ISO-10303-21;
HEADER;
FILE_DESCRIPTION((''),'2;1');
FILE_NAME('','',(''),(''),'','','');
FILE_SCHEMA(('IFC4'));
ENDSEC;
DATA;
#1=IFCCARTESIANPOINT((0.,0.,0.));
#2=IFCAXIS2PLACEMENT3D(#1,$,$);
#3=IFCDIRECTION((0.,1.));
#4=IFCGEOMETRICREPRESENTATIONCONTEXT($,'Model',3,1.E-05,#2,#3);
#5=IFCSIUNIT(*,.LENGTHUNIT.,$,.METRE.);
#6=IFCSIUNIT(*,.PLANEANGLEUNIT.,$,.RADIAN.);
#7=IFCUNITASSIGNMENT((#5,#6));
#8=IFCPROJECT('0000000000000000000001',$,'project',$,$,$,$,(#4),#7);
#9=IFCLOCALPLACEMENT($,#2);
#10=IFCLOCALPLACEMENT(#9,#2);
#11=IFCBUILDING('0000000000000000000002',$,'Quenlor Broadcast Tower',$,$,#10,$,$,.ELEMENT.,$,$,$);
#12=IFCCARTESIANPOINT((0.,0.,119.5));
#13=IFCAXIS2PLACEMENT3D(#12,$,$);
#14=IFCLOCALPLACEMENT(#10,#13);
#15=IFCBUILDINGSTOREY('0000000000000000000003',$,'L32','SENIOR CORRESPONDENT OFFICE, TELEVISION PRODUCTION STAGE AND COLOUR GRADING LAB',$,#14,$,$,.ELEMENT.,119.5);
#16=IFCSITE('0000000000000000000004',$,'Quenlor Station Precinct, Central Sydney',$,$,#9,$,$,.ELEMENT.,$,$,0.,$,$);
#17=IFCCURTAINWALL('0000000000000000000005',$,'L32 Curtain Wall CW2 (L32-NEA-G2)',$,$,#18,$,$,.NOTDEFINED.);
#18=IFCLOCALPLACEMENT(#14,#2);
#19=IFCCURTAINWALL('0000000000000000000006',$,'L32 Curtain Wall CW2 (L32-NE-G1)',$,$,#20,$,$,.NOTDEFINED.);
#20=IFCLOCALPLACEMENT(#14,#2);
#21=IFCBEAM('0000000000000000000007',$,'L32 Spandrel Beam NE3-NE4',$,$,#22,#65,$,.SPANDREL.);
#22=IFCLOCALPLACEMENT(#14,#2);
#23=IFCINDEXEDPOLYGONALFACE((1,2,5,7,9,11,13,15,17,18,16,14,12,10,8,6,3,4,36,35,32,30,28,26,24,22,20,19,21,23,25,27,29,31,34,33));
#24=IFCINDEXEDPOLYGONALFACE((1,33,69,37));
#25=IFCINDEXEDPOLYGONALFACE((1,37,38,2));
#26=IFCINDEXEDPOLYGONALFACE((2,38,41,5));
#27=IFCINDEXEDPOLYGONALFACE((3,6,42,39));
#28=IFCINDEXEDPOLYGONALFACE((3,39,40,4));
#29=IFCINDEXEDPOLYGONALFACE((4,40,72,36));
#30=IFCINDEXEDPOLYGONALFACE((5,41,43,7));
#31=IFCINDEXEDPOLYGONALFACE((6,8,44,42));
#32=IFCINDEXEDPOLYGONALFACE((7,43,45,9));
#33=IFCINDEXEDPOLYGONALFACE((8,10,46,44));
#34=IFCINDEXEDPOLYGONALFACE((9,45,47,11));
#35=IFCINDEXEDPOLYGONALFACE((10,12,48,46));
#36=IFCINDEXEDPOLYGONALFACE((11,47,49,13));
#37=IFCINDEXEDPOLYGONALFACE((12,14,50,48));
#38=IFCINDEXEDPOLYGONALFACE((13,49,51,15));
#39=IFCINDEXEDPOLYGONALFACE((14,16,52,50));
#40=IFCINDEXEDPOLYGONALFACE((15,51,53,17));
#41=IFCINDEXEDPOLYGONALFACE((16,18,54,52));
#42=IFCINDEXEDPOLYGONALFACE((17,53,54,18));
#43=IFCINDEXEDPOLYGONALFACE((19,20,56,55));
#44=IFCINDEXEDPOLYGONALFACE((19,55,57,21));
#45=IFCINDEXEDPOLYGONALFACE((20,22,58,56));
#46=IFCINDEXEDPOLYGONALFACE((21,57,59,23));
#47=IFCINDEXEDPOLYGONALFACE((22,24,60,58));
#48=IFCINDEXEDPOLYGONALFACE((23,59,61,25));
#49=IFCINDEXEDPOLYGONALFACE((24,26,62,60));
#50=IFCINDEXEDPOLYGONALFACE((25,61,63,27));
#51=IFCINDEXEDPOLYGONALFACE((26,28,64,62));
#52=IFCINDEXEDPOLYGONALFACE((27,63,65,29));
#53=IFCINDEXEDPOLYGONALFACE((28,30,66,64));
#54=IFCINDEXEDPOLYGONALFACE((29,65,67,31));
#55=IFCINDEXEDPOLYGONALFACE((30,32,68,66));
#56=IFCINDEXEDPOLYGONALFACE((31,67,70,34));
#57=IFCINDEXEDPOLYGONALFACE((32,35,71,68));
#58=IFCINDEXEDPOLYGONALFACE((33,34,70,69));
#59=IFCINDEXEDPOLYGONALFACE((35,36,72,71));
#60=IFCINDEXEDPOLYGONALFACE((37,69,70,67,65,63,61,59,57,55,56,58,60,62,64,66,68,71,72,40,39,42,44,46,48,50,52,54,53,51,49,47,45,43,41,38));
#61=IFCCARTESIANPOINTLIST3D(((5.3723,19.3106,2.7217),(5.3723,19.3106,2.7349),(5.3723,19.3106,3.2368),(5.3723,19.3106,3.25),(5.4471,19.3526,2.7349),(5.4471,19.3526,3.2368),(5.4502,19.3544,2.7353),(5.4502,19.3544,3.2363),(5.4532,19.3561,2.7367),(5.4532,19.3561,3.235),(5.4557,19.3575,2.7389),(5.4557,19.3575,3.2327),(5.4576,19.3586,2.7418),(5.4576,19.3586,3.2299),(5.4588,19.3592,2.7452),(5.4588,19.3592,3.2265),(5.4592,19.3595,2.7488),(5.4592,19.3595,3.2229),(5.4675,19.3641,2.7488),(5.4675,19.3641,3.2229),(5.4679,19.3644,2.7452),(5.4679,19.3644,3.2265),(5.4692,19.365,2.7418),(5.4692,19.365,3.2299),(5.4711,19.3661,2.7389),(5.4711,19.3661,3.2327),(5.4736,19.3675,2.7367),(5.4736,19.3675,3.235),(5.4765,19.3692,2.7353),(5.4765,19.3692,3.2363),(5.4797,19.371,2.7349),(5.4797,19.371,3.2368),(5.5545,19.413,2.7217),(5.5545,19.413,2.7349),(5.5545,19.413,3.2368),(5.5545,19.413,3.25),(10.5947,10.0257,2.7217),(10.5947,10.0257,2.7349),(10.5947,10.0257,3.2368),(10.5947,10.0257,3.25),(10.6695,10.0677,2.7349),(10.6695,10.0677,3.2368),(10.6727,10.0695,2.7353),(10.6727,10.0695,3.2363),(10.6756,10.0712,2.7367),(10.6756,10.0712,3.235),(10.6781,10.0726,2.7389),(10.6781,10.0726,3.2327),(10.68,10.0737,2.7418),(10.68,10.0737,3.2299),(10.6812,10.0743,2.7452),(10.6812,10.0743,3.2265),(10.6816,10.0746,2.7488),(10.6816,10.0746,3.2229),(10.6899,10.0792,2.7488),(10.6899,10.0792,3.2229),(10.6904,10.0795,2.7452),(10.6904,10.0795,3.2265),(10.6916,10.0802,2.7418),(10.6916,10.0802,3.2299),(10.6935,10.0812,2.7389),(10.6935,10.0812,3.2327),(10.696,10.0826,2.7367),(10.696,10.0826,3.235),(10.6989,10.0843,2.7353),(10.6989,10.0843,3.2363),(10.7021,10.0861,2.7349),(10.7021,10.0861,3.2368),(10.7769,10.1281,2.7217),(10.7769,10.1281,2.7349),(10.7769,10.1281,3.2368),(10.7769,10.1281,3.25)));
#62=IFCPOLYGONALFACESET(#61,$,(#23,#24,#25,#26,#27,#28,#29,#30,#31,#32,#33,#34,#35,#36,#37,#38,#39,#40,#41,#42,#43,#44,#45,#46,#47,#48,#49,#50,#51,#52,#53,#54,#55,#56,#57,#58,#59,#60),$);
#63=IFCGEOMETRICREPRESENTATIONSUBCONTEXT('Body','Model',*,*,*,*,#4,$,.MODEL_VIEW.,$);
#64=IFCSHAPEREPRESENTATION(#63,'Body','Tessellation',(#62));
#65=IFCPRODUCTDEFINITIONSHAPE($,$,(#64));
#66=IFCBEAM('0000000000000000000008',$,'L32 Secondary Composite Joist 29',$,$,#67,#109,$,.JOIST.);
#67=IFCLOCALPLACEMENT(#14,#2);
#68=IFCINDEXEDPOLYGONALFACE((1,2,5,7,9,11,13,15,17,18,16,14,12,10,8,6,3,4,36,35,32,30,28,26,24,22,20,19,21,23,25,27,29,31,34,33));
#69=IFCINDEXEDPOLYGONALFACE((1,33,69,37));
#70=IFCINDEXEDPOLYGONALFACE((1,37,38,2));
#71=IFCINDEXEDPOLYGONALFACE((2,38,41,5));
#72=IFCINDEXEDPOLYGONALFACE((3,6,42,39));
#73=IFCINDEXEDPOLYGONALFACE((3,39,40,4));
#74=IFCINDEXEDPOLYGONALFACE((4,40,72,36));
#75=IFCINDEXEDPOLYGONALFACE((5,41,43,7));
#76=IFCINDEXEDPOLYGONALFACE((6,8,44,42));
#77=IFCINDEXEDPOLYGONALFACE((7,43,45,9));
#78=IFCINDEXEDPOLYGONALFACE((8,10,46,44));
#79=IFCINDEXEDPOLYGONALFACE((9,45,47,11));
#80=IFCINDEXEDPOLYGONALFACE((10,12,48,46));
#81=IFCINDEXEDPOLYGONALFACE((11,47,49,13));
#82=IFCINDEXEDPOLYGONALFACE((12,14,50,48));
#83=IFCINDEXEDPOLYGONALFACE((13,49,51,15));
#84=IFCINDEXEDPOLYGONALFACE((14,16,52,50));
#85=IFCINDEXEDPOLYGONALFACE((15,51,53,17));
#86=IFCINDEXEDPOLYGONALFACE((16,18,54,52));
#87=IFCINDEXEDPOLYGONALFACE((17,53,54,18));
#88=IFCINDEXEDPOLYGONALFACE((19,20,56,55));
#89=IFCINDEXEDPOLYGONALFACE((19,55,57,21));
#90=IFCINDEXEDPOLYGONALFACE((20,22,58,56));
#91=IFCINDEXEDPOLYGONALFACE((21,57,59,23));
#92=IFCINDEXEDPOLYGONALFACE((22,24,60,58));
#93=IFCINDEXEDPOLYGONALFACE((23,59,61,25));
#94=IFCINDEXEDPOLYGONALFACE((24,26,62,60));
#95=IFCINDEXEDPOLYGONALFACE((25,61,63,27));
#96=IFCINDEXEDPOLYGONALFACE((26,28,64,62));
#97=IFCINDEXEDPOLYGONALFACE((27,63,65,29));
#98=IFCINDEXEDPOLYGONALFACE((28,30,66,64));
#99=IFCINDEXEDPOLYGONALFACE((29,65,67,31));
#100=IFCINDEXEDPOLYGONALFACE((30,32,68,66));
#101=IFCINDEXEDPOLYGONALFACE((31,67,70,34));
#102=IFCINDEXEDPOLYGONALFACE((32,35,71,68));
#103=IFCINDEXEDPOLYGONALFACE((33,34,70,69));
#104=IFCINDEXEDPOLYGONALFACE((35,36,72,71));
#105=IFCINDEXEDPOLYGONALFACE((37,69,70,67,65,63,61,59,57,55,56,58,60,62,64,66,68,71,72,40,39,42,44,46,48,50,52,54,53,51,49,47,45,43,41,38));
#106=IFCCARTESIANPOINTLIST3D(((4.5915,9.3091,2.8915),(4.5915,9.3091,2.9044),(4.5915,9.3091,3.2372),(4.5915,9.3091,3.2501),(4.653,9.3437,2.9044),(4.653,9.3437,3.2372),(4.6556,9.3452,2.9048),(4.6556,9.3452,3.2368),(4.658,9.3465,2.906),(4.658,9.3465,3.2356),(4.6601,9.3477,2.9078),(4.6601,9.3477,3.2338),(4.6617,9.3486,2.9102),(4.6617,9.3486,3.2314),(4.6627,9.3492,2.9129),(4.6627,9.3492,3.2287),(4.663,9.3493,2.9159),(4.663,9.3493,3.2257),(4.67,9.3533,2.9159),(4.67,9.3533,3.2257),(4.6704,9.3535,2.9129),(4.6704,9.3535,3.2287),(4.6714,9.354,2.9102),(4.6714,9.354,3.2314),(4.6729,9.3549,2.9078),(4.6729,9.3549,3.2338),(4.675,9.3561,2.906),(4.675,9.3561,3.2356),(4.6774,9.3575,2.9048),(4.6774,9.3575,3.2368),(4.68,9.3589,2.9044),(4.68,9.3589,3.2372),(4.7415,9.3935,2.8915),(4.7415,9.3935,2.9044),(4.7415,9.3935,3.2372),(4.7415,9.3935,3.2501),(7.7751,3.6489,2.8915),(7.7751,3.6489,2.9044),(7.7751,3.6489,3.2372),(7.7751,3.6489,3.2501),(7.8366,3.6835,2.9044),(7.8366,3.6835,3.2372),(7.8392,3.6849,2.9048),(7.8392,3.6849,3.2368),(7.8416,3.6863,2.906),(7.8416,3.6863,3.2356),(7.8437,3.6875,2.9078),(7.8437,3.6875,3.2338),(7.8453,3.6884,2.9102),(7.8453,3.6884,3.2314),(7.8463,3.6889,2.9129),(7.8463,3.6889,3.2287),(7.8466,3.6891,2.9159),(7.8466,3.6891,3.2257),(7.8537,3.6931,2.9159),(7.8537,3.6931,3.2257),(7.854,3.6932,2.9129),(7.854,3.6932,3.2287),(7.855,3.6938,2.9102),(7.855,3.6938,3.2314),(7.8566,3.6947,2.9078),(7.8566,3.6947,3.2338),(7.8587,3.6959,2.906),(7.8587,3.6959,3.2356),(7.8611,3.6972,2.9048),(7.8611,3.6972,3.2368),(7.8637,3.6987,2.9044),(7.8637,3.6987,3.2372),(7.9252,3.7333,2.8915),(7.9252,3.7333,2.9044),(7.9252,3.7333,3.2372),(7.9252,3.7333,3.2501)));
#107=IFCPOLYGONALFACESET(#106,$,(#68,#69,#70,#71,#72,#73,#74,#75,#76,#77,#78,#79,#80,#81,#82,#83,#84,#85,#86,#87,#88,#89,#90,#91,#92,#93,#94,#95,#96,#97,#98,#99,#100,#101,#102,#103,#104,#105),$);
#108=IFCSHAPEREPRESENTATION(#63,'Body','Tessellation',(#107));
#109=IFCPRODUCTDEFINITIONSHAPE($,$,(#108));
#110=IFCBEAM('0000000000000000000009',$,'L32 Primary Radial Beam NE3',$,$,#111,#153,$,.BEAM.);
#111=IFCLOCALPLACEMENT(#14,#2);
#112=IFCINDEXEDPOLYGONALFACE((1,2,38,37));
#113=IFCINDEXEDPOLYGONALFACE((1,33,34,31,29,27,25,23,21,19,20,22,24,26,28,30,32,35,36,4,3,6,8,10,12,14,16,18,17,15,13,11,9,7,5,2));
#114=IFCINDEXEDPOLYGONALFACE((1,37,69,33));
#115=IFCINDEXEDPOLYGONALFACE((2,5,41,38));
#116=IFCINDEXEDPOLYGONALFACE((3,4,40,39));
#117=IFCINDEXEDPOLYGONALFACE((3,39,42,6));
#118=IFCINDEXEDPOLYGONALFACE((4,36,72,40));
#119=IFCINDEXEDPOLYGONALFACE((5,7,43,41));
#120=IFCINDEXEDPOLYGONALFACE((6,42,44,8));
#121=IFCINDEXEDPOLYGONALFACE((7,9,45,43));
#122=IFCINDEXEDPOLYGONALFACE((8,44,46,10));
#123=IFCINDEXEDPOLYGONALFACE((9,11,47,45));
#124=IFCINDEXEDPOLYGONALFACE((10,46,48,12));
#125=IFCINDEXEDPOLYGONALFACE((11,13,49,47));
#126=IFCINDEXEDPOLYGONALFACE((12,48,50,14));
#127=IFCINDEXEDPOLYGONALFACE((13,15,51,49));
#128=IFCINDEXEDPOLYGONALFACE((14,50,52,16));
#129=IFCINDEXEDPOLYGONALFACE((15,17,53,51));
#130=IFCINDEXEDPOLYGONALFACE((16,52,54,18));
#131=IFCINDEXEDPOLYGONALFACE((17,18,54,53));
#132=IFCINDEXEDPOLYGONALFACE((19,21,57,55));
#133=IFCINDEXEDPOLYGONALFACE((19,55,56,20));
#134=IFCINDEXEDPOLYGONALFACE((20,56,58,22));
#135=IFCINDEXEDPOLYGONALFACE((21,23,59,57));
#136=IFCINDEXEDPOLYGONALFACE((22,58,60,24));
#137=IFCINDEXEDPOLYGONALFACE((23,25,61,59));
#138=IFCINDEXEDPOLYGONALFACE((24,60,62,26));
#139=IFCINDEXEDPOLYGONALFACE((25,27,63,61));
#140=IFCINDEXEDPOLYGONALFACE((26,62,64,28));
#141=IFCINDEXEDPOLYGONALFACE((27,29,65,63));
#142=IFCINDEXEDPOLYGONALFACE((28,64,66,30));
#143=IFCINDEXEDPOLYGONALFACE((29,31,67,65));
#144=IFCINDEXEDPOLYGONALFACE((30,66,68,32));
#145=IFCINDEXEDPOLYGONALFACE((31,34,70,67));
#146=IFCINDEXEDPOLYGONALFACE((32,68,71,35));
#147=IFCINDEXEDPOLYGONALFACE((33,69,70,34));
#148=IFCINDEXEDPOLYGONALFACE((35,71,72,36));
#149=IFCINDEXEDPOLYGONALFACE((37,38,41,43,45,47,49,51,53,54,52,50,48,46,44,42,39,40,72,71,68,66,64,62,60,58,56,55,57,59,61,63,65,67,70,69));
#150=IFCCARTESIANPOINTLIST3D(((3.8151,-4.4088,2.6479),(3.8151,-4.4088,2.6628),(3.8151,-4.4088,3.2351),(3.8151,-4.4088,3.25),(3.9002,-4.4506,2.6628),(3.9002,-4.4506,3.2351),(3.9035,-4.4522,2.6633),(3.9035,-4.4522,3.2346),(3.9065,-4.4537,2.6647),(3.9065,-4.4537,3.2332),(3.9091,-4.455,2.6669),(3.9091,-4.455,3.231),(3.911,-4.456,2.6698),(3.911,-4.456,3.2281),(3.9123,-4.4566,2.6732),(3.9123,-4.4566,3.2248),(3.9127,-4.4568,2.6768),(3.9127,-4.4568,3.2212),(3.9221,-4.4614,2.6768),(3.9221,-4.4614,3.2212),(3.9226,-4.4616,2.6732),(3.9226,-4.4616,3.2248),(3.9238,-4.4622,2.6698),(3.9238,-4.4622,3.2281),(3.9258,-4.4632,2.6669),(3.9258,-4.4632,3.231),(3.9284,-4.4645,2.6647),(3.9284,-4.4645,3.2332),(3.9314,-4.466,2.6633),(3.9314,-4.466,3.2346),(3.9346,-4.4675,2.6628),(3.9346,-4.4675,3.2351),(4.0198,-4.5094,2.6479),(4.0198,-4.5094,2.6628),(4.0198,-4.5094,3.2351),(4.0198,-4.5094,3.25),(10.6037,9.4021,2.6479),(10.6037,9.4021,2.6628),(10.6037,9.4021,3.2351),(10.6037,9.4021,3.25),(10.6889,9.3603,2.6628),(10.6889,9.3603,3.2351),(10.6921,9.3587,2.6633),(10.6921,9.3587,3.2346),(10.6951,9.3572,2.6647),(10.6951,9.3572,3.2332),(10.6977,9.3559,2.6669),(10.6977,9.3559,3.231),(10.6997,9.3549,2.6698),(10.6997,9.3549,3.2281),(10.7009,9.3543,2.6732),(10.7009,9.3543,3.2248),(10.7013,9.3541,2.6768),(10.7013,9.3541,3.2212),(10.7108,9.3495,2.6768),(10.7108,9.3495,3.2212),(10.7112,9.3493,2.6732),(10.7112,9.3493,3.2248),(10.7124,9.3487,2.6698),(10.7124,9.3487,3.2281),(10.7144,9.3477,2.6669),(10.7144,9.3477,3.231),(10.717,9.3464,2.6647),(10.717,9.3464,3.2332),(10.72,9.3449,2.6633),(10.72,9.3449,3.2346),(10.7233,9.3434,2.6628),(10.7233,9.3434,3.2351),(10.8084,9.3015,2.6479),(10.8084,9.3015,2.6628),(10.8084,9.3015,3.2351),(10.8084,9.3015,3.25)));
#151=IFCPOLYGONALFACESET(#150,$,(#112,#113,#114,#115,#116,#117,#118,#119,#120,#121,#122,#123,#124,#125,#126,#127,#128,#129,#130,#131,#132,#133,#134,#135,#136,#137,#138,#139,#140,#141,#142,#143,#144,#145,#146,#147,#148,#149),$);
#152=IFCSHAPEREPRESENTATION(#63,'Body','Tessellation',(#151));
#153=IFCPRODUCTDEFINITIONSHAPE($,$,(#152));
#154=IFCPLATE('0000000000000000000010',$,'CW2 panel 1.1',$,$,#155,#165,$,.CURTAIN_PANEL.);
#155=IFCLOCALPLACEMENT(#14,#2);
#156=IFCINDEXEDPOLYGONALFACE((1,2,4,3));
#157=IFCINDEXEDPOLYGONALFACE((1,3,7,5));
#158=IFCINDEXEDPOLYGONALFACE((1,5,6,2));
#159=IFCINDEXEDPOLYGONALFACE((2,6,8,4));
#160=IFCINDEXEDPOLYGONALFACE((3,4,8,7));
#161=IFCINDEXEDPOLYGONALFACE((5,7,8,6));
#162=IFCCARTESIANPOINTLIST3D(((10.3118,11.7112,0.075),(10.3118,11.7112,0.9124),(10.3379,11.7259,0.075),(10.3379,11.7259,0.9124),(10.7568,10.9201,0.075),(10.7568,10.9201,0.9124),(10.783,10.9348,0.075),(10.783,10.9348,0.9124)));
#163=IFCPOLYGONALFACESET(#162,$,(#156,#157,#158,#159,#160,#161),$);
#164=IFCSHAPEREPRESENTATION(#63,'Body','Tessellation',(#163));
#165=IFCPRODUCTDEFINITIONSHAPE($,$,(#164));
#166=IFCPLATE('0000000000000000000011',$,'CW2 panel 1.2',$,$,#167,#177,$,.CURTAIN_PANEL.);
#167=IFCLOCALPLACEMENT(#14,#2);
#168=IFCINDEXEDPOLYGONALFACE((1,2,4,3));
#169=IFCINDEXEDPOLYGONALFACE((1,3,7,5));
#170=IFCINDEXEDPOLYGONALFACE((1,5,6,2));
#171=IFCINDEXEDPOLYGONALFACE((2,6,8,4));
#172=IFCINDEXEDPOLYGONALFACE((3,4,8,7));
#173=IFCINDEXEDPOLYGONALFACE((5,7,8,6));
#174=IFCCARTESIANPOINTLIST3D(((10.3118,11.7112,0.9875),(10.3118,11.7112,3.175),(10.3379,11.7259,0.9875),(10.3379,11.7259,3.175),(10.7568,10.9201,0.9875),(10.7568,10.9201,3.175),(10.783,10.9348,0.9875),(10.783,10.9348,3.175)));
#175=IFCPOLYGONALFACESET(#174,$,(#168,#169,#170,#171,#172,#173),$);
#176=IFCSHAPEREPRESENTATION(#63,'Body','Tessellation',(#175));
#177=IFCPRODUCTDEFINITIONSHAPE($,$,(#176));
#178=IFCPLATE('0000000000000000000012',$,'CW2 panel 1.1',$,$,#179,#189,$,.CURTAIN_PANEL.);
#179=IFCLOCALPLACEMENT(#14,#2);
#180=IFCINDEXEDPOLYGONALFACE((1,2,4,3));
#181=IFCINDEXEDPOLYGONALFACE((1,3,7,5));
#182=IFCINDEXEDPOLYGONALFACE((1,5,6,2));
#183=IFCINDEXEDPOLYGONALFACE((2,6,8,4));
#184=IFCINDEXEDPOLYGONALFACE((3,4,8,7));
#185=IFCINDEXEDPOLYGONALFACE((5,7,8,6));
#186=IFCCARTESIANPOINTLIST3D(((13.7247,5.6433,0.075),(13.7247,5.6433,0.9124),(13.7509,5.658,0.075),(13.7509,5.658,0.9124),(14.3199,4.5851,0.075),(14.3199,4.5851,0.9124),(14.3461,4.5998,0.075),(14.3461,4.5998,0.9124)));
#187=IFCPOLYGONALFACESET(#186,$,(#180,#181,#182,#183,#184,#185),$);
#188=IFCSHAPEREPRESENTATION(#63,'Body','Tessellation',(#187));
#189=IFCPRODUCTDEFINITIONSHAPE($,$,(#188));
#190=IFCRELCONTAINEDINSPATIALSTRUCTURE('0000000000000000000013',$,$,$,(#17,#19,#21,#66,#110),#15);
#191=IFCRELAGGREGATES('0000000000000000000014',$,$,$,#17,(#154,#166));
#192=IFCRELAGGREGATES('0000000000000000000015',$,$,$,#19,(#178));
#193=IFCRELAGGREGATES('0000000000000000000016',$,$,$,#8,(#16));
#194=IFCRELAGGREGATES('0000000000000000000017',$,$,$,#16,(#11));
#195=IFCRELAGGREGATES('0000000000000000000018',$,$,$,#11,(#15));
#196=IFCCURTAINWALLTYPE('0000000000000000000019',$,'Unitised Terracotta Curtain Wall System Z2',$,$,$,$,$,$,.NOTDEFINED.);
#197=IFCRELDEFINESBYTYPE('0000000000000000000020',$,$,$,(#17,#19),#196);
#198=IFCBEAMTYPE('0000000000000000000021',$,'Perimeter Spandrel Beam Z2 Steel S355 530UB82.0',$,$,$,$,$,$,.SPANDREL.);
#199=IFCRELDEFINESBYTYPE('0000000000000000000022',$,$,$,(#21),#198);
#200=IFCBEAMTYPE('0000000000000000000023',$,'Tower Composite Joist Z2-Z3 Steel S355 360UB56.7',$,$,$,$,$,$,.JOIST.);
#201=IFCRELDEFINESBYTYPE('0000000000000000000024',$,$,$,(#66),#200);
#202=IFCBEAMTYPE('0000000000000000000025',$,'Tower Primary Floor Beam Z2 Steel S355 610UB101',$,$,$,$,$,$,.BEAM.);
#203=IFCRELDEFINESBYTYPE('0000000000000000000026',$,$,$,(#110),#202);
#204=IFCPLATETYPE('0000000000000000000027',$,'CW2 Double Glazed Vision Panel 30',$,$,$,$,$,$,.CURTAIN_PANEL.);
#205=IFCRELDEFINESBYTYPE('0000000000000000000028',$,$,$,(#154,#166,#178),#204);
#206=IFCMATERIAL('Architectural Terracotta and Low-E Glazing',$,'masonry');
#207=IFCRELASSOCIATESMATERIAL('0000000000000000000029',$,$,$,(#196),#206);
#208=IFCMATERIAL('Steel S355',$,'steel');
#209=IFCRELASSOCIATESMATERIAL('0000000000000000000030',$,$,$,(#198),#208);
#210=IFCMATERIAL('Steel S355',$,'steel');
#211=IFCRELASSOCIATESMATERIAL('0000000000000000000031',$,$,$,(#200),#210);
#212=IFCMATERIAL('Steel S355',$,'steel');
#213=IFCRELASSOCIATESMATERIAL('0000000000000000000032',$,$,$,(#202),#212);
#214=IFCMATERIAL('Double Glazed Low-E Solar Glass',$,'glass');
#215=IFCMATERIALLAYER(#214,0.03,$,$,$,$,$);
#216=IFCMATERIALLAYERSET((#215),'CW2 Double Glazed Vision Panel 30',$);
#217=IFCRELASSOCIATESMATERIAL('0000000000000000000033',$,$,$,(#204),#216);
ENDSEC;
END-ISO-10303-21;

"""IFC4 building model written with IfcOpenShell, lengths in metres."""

from ifc_helpers import new_model, si_unit, direction, frame, origin, origin_2d, place, context, subcontext, project, spatial, rectangle, i_section, extrude, material, layer, layer_set, material_profile, profile_set, type_object, element, aggregate, save


model = new_model("IFC4")

# Units and contexts
model_context = context("Model", 3, precision=1e-05, world=origin(), true_north=direction((0.0, 1.0)))
body_context = subcontext(model_context, "Body", "Model", "MODEL_VIEW")
ifc_project = project(units=[si_unit("LENGTHUNIT", "METRE"), si_unit("PLANEANGLEUNIT", "RADIAN")], contexts=[model_context])

# Site, building, storey
site_placement = place(None, origin())
site = spatial("IfcSite", under=ifc_project, at=site_placement, Name="Quenlor Station Precinct, Central Sydney", CompositionType="ELEMENT", RefElevation=0.0)
building_placement = place(site_placement, origin())
building = spatial("IfcBuilding", under=site, at=building_placement, Name="Quenlor Broadcast Tower", CompositionType="ELEMENT")
storey_placement = place(building_placement, frame((0.0, 0.0, 119.5)))
storey = spatial("IfcBuildingStorey", under=building, at=storey_placement, Name="L32", Description="SENIOR CORRESPONDENT OFFICE, TELEVISION PRODUCTION STAGE AND COLOUR GRADING LAB", CompositionType="ELEMENT", Elevation=119.5)

# Curtain wall
ifc_material_1 = material(Name="Architectural Terracotta and Low-E Glazing", Category="masonry")
curtain_wall_type = type_object("IfcCurtainWallType", Name="Unitised Terracotta Curtain Wall System Z2", PredefinedType="NOTDEFINED", material=ifc_material_1)
curtain_wall_1_placement = place(storey_placement, origin())
curtain_wall_1 = element("IfcCurtainWall", 1, at=curtain_wall_1_placement, inside=storey, type_object=curtain_wall_type, Name="L32 Curtain Wall CW2 (L32-NEA-G2)", PredefinedType="NOTDEFINED")

# Curtain wall
curtain_wall_2_placement = place(storey_placement, origin())
curtain_wall_2 = element("IfcCurtainWall", 2, at=curtain_wall_2_placement, inside=storey, type_object=curtain_wall_type, Name="L32 Curtain Wall CW2 (L32-NE-G1)", PredefinedType="NOTDEFINED")

# Beams
ifc_material_2 = material(Name="Steel S355", Category="steel")
ifc_material_profile_1 = material_profile(ifc_material_2, i_section(OverallWidth=0.209, OverallDepth=0.5283, WebThickness=0.0095, FlangeThickness=0.0132, FilletRadius=0.0139, at=origin_2d()))
ifc_profile_set_1 = profile_set([ifc_material_profile_1], Name="Steel S355 530UB82.0")
beam_type_1 = type_object("IfcBeamType", Name="Perimeter Spandrel Beam Z2 Steel S355 530UB82.0", PredefinedType="SPANDREL", material=ifc_profile_set_1)
beam_1_placement = place(storey_placement, frame((10.6858, 10.0769, 2.9858), z_axis=(-0.490236, 0.87159, 0.0), x_axis=(-0.87159, -0.490236, 0.0)))
element("IfcBeam", 3, at=beam_1_placement, inside=storey, type_object=beam_type_1, Name="L32 Spandrel Beam NE3-NE4", PredefinedType="SPANDREL", context=body_context, shape_type="SweptSolid", body=[
    extrude(i_section(OverallWidth=0.209, OverallDepth=0.5283, WebThickness=0.0095, FlangeThickness=0.0132, FilletRadius=0.0139, at=origin_2d()), origin(), (0.0, 0.0, 1.0), 10.6528),
])
ifc_material_3 = material(Name="Steel S355", Category="steel")
ifc_material_profile_2 = material_profile(ifc_material_3, i_section(OverallWidth=0.1721, OverallDepth=0.3586, WebThickness=0.0081, FlangeThickness=0.0129, FilletRadius=0.0115, at=origin_2d()))
ifc_profile_set_2 = profile_set([ifc_material_profile_2], Name="Steel S355 360UB56.7")
beam_type_2 = type_object("IfcBeamType", Name="Tower Composite Joist Z2-Z3 Steel S355 360UB56.7", PredefinedType="JOIST", material=ifc_profile_set_2)
beam_2_placement = place(storey_placement, frame((4.6665, 9.3513, 3.0708), z_axis=(0.490233, -0.871592, 0.0), x_axis=(0.871592, 0.490233, 0.0)))
element("IfcBeam", 4, at=beam_2_placement, inside=storey, type_object=beam_type_2, Name="L32 Secondary Composite Joist 29", PredefinedType="JOIST", context=body_context, shape_type="SweptSolid", body=[
    extrude(i_section(OverallWidth=0.1721, OverallDepth=0.3586, WebThickness=0.0081, FlangeThickness=0.0129, FilletRadius=0.0115, at=origin_2d()), origin(), (0.0, 0.0, 1.0), 6.4941),
])
ifc_material_4 = material(Name="Steel S355", Category="steel")
ifc_material_profile_3 = material_profile(ifc_material_4, i_section(OverallWidth=0.228, OverallDepth=0.6021, WebThickness=0.0105, FlangeThickness=0.0149, FilletRadius=0.0139, at=origin_2d()))
ifc_profile_set_3 = profile_set([ifc_material_profile_3], Name="Steel S355 610UB101")
beam_type_3 = type_object("IfcBeamType", Name="Tower Primary Floor Beam Z2 Steel S355 610UB101", PredefinedType="BEAM", material=ifc_profile_set_3)
beam_3_placement = place(storey_placement, frame((10.7061, 9.3518, 2.949), z_axis=(-0.44113, -0.897443, 0.0), x_axis=(0.897443, -0.44113, 0.0)))
element("IfcBeam", 5, at=beam_3_placement, inside=storey, type_object=beam_type_3, Name="L32 Primary Radial Beam NE3", PredefinedType="BEAM", context=body_context, shape_type="SweptSolid", body=[
    extrude(i_section(OverallWidth=0.228, OverallDepth=0.6021, WebThickness=0.0105, FlangeThickness=0.0149, FilletRadius=0.0139, at=origin_2d()), origin(), (0.0, 0.0, 1.0), 15.3892),
])

# Plates
ifc_material_5 = material(Name="Double Glazed Low-E Solar Glass", Category="glass")
ifc_layer_1 = layer(ifc_material_5, 0.03)
ifc_layer_set_1 = layer_set([ifc_layer_1], Name="CW2 Double Glazed Vision Panel 30")
plate_type_1 = type_object("IfcPlateType", Name="CW2 Double Glazed Vision Panel 30", PredefinedType="CURTAIN_PANEL", material=ifc_layer_set_1)
plate_1_placement = place(storey_placement, frame((10.5474, 11.323, 0.075), z_axis=(0.0, 0.0, 1.0), x_axis=(0.490252, -0.871581, 0.0)))
plate_1 = element("IfcPlate", 6, at=plate_1_placement, type_object=plate_type_1, Name="CW2 panel 1.1", PredefinedType="CURTAIN_PANEL", context=body_context, shape_type="SweptSolid", body=[
    extrude(rectangle(XDim=0.9077, YDim=0.03, at=origin_2d()), origin(), (0.0, 0.0, 1.0), 0.8374),
])
plate_2_placement = place(storey_placement, frame((10.5474, 11.323, 0.9875), z_axis=(0.0, 0.0, 1.0), x_axis=(0.490252, -0.871581, 0.0)))
plate_2 = element("IfcPlate", 7, at=plate_2_placement, type_object=plate_type_1, Name="CW2 panel 1.2", PredefinedType="CURTAIN_PANEL", context=body_context, shape_type="SweptSolid", body=[
    extrude(rectangle(XDim=0.9077, YDim=0.03, at=origin_2d()), origin(), (0.0, 0.0, 1.0), 2.1875),
])
aggregate(curtain_wall_1, [plate_1, plate_2])
plate_3_placement = place(storey_placement, frame((14.0354, 5.1216, 0.075), z_axis=(0.0, 0.0, 1.0), x_axis=(0.490254, -0.871579, 0.0)))
plate_3 = element("IfcPlate", 8, at=plate_3_placement, type_object=plate_type_1, Name="CW2 panel 1.1", PredefinedType="CURTAIN_PANEL", context=body_context, shape_type="SweptSolid", body=[
    extrude(rectangle(XDim=1.2141, YDim=0.03, at=origin_2d()), origin(), (0.0, 0.0, 1.0), 0.8374),
])
aggregate(curtain_wall_2, [plate_3])

save(model, "model.ifc")
